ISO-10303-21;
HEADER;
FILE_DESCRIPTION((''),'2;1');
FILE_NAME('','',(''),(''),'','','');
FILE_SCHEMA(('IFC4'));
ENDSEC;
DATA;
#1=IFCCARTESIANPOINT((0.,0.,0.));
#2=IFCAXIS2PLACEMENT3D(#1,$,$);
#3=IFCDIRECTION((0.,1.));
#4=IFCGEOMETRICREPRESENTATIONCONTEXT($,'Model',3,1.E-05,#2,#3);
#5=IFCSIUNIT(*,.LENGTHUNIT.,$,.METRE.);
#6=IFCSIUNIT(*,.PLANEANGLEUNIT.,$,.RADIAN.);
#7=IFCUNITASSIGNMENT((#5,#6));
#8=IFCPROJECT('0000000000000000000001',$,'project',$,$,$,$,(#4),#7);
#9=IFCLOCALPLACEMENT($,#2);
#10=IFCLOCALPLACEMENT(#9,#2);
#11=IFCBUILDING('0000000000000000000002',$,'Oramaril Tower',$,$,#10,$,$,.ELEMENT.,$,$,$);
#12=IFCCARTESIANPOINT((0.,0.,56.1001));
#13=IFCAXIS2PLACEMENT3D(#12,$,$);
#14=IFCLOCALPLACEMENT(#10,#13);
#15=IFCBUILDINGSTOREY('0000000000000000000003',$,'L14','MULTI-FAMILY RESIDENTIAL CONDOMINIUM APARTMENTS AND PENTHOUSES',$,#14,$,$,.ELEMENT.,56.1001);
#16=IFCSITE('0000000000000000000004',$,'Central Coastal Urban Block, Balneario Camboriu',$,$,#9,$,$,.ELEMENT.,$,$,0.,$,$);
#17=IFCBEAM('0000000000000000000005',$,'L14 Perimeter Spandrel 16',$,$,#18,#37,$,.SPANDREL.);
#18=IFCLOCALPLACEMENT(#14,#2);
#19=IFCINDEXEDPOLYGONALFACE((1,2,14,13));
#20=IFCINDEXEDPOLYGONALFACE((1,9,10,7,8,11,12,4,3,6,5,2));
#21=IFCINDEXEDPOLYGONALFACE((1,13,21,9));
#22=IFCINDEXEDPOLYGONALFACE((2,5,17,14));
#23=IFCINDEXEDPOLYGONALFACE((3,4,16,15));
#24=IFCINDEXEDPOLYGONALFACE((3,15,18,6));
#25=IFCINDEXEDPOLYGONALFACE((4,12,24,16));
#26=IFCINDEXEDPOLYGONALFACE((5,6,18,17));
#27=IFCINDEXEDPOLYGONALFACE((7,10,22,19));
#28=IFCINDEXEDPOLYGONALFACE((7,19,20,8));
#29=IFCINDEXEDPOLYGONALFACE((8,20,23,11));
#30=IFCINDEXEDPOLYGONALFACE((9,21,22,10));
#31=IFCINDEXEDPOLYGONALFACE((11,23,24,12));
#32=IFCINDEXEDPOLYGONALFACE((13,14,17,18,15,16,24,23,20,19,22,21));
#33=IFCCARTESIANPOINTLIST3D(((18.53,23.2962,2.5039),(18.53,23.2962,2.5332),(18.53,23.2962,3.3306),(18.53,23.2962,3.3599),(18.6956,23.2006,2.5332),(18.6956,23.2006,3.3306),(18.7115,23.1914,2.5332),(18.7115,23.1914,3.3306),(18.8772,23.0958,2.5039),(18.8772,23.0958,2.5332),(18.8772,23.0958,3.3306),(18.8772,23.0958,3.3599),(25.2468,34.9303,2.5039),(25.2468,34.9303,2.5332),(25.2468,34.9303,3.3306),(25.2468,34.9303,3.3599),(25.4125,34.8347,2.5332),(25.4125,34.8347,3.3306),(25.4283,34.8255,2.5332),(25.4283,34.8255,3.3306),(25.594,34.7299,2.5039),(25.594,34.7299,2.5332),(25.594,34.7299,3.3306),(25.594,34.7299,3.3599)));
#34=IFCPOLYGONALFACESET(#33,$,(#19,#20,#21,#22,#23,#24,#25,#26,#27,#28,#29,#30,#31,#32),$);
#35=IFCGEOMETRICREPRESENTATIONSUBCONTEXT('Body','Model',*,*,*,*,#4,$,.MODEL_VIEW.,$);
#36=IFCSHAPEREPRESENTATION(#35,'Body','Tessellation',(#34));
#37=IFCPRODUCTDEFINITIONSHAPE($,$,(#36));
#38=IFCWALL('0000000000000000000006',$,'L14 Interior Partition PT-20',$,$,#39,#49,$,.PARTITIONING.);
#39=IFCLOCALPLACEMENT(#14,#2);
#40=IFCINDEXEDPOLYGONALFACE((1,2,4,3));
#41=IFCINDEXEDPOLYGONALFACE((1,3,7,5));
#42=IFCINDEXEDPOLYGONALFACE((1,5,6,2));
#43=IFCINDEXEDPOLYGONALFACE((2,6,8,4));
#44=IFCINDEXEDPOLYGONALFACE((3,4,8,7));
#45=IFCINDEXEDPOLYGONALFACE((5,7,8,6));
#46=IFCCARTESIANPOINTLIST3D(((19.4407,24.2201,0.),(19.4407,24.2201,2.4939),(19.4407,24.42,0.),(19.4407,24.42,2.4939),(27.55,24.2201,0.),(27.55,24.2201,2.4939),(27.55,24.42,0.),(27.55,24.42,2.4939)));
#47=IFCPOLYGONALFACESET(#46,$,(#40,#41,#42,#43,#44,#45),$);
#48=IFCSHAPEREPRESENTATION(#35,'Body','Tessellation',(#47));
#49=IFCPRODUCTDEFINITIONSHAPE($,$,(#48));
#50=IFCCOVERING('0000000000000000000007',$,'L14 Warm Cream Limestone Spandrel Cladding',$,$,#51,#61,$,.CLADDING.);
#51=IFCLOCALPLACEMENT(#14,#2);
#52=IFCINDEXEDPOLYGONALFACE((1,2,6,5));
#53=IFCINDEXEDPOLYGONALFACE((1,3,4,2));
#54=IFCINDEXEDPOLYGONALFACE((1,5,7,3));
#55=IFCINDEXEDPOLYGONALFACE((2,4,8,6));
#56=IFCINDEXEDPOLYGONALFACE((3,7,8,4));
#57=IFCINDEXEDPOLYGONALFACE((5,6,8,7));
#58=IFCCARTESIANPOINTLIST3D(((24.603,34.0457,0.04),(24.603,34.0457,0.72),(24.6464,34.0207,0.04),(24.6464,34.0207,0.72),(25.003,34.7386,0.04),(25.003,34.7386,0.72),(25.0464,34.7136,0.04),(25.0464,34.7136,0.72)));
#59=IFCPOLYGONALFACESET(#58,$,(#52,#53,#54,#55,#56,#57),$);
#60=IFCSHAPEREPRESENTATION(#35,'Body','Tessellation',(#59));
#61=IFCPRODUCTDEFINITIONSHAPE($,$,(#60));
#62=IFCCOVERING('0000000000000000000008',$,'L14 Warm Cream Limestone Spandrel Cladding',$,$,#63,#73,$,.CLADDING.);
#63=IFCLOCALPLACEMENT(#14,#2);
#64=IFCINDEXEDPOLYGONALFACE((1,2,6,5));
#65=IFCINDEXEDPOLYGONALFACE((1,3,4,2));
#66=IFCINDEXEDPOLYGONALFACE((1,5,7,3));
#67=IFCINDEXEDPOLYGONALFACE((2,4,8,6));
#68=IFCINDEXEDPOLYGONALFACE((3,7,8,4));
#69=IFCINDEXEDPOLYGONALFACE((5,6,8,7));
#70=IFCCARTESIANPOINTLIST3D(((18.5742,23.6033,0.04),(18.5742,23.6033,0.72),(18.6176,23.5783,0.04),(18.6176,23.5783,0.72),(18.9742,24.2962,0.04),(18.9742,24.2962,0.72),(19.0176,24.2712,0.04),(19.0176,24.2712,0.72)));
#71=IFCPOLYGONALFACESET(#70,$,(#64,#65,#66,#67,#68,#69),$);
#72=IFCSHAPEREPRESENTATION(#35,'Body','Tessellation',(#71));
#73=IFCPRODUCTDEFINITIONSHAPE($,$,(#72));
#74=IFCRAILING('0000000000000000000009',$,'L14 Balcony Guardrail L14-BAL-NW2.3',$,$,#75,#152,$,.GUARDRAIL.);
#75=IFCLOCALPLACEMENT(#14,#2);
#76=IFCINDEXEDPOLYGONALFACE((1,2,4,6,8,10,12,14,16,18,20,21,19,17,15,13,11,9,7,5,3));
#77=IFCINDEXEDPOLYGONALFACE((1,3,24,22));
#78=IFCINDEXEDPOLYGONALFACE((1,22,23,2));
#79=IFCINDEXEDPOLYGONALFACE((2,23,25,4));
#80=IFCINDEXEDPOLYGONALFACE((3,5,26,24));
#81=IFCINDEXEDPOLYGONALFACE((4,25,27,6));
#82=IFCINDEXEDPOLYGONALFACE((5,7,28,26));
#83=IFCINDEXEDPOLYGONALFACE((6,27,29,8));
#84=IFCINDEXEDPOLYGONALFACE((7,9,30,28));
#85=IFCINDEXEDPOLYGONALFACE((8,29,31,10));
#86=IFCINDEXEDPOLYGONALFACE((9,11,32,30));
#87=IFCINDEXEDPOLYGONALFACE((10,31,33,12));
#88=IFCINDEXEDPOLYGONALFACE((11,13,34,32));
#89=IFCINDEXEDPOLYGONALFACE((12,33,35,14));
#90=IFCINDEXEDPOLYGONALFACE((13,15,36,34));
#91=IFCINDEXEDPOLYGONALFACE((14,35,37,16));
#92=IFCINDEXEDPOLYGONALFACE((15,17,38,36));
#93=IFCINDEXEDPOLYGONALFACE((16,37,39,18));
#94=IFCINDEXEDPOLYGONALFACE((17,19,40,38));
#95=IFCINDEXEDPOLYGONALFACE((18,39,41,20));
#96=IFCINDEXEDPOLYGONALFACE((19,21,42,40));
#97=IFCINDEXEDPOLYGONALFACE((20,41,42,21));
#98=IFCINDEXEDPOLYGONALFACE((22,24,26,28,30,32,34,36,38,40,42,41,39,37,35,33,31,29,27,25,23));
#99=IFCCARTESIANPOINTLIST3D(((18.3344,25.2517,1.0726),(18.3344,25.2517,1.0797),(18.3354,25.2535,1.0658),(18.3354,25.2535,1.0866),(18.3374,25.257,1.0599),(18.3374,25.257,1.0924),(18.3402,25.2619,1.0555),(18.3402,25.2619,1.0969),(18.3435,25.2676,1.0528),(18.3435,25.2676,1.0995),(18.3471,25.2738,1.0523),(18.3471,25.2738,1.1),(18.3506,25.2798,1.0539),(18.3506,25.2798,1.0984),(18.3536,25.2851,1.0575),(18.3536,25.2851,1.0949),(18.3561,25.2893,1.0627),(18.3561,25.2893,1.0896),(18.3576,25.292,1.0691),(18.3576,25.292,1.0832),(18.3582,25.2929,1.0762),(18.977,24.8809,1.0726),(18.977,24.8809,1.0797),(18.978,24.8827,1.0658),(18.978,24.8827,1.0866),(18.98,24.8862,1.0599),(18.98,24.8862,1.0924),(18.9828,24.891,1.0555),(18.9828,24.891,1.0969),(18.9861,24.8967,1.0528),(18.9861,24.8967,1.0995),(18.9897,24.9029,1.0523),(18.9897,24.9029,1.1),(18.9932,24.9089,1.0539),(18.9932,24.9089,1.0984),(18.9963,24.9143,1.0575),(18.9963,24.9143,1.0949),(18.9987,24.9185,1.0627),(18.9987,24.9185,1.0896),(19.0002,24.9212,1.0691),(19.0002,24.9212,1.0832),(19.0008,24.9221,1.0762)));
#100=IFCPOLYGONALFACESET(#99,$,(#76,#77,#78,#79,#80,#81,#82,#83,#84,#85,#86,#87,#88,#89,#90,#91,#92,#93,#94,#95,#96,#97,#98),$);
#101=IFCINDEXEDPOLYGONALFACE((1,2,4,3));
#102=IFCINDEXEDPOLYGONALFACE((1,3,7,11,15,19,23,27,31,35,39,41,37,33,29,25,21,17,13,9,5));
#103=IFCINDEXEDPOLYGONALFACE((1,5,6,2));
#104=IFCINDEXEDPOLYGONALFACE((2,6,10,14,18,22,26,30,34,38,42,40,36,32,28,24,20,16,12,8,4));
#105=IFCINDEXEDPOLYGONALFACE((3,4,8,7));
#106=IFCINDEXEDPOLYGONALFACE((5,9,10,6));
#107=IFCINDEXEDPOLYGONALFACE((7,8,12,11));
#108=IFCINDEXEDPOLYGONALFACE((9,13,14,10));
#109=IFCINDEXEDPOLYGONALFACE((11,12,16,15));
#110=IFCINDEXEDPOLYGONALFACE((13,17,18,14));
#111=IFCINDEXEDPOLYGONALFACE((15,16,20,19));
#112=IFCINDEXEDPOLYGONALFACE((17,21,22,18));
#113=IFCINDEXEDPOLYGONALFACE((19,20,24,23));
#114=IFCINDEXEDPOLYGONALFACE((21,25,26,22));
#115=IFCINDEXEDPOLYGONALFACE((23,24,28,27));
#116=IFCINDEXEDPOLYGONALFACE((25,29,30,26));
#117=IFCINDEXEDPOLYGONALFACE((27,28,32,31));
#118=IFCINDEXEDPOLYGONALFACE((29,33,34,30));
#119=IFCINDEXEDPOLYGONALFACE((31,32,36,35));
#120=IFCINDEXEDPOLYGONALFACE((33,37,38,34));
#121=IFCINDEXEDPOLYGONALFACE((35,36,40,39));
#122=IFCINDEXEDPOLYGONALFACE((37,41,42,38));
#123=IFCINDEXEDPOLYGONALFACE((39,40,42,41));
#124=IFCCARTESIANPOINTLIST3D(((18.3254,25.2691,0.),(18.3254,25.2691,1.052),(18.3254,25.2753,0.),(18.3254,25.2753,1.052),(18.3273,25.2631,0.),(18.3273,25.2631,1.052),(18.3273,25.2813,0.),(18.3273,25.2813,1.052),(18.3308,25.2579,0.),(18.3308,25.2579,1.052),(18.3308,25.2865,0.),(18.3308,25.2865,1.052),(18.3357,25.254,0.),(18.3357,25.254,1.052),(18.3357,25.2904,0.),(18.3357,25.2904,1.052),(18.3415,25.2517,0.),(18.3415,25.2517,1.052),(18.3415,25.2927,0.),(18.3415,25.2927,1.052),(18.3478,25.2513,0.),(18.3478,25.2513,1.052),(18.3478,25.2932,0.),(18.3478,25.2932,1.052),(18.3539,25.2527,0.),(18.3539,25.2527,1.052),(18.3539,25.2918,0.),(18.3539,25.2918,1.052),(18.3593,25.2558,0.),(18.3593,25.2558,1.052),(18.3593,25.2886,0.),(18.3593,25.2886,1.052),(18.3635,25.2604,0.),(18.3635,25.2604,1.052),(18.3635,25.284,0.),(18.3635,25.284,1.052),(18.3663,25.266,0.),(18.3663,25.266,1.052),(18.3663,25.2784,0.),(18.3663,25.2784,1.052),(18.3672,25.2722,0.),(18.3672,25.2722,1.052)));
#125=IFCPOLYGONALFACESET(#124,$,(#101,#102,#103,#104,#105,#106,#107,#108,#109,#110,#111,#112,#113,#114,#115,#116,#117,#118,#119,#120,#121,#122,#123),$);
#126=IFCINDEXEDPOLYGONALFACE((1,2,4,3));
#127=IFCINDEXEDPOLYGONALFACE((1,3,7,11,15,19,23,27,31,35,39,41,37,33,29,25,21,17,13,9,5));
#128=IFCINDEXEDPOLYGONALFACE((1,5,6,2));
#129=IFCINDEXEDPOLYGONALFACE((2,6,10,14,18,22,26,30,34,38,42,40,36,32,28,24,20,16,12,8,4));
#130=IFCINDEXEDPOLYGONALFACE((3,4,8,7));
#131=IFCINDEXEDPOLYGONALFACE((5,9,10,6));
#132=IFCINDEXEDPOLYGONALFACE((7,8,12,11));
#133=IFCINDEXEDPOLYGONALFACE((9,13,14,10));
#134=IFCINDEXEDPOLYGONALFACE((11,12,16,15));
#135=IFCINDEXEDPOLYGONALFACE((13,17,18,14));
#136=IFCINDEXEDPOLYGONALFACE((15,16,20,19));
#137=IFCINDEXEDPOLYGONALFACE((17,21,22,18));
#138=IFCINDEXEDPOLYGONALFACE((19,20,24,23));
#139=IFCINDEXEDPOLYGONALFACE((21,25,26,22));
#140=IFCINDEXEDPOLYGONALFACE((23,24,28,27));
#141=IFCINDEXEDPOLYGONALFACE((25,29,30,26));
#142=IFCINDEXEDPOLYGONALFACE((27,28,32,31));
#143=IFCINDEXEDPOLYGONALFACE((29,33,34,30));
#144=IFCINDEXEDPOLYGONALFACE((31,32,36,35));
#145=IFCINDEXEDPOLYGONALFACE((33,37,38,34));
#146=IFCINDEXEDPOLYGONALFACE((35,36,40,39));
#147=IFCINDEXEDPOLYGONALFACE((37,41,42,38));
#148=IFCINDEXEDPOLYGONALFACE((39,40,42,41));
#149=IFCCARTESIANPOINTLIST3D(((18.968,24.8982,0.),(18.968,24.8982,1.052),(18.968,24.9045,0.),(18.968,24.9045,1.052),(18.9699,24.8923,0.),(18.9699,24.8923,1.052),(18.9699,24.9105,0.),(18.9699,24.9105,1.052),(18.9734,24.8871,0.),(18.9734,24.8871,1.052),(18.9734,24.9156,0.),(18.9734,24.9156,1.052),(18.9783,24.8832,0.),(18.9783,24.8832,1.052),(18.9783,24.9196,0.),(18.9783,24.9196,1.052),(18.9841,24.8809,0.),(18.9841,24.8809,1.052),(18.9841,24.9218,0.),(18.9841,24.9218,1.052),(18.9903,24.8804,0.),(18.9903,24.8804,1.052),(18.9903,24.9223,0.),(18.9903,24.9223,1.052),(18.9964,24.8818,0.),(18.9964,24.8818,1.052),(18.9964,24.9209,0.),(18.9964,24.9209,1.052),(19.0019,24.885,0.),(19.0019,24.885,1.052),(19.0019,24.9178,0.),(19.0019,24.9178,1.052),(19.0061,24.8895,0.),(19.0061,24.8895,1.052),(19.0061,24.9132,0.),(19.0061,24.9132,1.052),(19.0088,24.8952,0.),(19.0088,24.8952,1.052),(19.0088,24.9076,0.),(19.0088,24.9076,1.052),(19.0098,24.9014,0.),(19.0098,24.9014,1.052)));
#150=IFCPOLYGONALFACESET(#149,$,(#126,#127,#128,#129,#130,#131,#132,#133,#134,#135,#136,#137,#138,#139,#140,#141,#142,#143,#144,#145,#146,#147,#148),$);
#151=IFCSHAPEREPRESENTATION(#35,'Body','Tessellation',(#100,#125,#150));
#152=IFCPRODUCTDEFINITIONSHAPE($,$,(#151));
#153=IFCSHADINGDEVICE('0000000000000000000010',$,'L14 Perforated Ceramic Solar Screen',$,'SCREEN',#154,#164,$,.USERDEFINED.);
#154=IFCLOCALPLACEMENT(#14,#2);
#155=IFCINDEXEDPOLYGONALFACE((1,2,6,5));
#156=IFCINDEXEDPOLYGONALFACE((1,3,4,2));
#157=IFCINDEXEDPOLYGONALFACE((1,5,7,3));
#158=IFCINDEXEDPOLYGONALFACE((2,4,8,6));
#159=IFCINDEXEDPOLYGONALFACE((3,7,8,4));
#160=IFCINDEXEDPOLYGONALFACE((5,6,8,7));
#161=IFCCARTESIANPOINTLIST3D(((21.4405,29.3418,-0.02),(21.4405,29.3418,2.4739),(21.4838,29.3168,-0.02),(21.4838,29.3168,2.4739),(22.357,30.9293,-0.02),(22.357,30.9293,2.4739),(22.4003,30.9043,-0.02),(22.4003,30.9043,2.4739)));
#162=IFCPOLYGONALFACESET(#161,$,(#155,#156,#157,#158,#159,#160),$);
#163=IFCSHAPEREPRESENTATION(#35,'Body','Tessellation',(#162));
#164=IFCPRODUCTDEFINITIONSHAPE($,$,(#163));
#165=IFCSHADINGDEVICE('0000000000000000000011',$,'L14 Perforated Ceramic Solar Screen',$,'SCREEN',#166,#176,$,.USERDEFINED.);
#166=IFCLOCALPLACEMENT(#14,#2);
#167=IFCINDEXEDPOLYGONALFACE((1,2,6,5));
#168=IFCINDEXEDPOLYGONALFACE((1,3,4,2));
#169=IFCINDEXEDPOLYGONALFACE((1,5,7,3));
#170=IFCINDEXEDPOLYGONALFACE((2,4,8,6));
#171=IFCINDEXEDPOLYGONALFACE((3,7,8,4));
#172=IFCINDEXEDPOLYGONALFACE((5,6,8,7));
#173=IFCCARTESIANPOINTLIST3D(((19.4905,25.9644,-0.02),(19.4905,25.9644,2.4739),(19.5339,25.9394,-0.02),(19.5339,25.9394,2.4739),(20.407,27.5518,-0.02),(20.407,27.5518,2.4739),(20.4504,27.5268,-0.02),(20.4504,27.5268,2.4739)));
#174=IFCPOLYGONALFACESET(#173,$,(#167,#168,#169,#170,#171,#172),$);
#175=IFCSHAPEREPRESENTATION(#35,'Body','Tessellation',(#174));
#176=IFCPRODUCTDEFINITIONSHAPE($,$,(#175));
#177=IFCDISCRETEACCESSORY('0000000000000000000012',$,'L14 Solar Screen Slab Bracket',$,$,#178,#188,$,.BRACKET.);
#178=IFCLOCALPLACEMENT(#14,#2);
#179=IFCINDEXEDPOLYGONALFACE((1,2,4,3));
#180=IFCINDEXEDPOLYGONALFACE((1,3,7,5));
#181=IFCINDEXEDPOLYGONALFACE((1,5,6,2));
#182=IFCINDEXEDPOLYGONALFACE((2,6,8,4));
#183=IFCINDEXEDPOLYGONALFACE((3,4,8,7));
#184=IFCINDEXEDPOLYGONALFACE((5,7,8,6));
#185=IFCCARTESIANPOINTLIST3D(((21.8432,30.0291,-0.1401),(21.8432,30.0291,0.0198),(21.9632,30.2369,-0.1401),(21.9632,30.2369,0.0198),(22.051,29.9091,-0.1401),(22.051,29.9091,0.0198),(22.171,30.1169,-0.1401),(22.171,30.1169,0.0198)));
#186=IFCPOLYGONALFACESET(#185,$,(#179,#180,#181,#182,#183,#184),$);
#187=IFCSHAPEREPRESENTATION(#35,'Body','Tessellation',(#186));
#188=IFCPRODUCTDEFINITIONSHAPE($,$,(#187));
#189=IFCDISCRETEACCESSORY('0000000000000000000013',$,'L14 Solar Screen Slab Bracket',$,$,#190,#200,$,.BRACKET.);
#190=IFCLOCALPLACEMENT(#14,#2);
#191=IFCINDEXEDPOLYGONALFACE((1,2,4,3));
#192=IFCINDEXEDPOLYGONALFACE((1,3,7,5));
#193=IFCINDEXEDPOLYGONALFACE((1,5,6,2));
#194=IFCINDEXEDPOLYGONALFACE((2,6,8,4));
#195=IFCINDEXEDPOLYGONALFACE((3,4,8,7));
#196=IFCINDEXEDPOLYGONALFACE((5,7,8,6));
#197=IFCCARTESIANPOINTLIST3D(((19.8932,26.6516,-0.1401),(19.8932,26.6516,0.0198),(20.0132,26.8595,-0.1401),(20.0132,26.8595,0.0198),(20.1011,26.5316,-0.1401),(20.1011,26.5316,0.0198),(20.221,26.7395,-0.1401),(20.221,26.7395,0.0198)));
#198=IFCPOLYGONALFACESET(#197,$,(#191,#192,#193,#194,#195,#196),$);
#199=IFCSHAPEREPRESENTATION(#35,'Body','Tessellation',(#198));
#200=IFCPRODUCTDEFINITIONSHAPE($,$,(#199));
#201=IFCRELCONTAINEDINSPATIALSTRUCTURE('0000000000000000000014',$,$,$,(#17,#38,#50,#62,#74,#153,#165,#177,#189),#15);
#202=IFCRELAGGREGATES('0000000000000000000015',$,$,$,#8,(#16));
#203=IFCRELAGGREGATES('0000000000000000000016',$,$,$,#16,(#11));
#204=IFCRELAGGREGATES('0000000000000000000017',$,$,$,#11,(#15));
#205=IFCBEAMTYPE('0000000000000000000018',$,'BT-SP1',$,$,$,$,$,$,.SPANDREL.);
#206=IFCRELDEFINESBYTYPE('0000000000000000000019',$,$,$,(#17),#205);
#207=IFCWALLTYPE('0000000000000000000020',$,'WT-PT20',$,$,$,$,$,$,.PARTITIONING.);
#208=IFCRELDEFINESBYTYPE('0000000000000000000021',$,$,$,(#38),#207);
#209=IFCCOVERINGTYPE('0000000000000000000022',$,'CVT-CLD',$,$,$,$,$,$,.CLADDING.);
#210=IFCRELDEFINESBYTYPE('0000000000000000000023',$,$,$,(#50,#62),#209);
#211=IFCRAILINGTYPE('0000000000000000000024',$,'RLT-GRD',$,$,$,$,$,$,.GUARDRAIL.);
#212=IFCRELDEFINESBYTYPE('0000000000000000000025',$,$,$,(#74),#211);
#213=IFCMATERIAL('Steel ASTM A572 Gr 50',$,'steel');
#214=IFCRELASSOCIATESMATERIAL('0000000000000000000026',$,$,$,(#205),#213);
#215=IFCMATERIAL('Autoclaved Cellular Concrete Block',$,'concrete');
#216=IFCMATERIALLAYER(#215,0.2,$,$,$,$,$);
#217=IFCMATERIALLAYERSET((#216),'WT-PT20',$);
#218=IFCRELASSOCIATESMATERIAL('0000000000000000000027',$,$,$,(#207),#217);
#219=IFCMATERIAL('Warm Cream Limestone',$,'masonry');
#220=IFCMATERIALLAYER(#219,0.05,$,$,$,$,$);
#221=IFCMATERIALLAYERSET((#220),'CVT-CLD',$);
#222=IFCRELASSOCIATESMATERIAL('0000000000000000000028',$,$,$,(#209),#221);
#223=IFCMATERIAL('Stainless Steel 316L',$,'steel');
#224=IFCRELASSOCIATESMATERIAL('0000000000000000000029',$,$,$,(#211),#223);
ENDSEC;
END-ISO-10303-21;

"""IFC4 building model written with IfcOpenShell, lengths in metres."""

from ifc_helpers import new_model, si_unit, direction, frame, frame_2d, origin, origin_2d, place, context, subcontext, project, spatial, rectangle, circle, i_section, extrude, material, layer, layer_set, material_profile, profile_set, type_object, element, save


model = new_model("IFC4")

# Units and contexts
model_context = context("Model", 3, precision=1e-05, world=origin(), true_north=direction((0.0, 1.0)))
body_context = subcontext(model_context, "Body", "Model", "MODEL_VIEW")
ifc_project = project(units=[si_unit("LENGTHUNIT", "METRE"), si_unit("PLANEANGLEUNIT", "RADIAN")], contexts=[model_context])

# Site, building, storey
site_placement = place(None, origin())
site = spatial("IfcSite", under=ifc_project, at=site_placement, Name="Central Coastal Urban Block, Balneario Camboriu", CompositionType="ELEMENT", RefElevation=0.0)
building_placement = place(site_placement, origin())
building = spatial("IfcBuilding", under=site, at=building_placement, Name="Oramaril Tower", CompositionType="ELEMENT")
storey_placement = place(building_placement, frame((0.0, 0.0, 56.1001)))
storey = spatial("IfcBuildingStorey", under=building, at=storey_placement, Name="L14", Description="MULTI-FAMILY RESIDENTIAL CONDOMINIUM APARTMENTS AND PENTHOUSES", CompositionType="ELEMENT", Elevation=56.1001)

# Beam
ifc_material_1 = material(Name="Steel ASTM A572 Gr 50", Category="steel")
ifc_material_profile = material_profile(ifc_material_1, i_section(OverallWidth=0.4009, OverallDepth=0.856, WebThickness=0.0183, FlangeThickness=0.0293, at=origin_2d()), Name="W33X201")
ifc_profile_set = profile_set([ifc_material_profile], Name="Steel ASTM A572 Gr 50")
beam_type = type_object("IfcBeamType", Name="BT-SP1", PredefinedType="SPANDREL", material=ifc_profile_set)
beam_placement = place(storey_placement, frame((25.4204, 34.8301, 2.9319), z_axis=(-0.499994, -0.866029, 0.0), x_axis=(0.866029, -0.499994, 0.0)))
element("IfcBeam", 1, at=beam_placement, inside=storey, type_object=beam_type, Name="L14 Perimeter Spandrel 16", PredefinedType="SPANDREL", context=body_context, shape_type="SweptSolid", body=[
    extrude(i_section(OverallWidth=0.4009, OverallDepth=0.856, WebThickness=0.0183, FlangeThickness=0.0293, at=origin_2d()), origin(), (0.0, 0.0, 1.0), 13.4338),
])

# Wall
ifc_material_2 = material(Name="Autoclaved Cellular Concrete Block", Category="concrete")
ifc_layer_1 = layer(ifc_material_2, 0.2)
ifc_layer_set_1 = layer_set([ifc_layer_1], Name="WT-PT20")
wall_type = type_object("IfcWallType", Name="WT-PT20", PredefinedType="PARTITIONING", material=ifc_layer_set_1)
wall_placement = place(storey_placement, frame((19.4407, 24.3201, 0.0), z_axis=(0.0, 0.0, 1.0), x_axis=(1.0, 0.0, 0.0)))
element("IfcWall", 2, at=wall_placement, inside=storey, type_object=wall_type, Name="L14 Interior Partition PT-20", PredefinedType="PARTITIONING", context=body_context, shape_type="SweptSolid", body=[
    extrude(rectangle(XDim=8.1094, YDim=0.2, at=frame_2d((4.0547, 0.0))), origin(), (0.0, 0.0, 1.0), 2.4939),
])

# Coverings
ifc_material_3 = material(Name="Warm Cream Limestone", Category="masonry")
ifc_layer_2 = layer(ifc_material_3, 0.05)
ifc_layer_set_2 = layer_set([ifc_layer_2], Name="CVT-CLD")
covering_type = type_object("IfcCoveringType", Name="CVT-CLD", PredefinedType="CLADDING", material=ifc_layer_set_2)
for number, where, z_axis, x_axis, name in (
    (3, (24.8247, 34.3796, 0.04), (0.0, 0.0, 1.0), (-0.499998, -0.866026, 0.0), "L14 Warm Cream Limestone Spandrel Cladding"),
    (4, (18.7959, 23.9373, 0.04), (0.0, 0.0, 1.0), (-0.499998, -0.866026, 0.0), "L14 Warm Cream Limestone Spandrel Cladding"),
):
    element("IfcCovering", number, at=place(storey_placement, frame(where, z_axis=z_axis, x_axis=x_axis)), inside=storey, type_object=covering_type, Name=name, PredefinedType="CLADDING", context=body_context, shape_type="SweptSolid", body=[
        extrude(rectangle(XDim=0.8, YDim=0.05, at=origin_2d()), origin(), (0.0, 0.0, 1.0), 0.6799),
    ])

# Railing
ifc_material_4 = material(Name="Stainless Steel 316L", Category="steel")
railing_type = type_object("IfcRailingType", Name="RLT-GRD", PredefinedType="GUARDRAIL", material=ifc_material_4)
railing_placement = place(storey_placement, frame((18.3462, 25.2722, 0.0)))
element("IfcRailing", 5, at=railing_placement, inside=storey, type_object=railing_type, Name="L14 Balcony Guardrail L14-BAL-NW2.3", PredefinedType="GUARDRAIL", context=body_context, shape_type="SweptSolid", body=[
    extrude(circle(Radius=0.0239, at=origin_2d()), frame((0.0, 0.0, 1.0762), z_axis=(0.866109, -0.499855, 0.0), x_axis=(0.499855, 0.866109, 0.0)), (0.0, 0.0, 1.0), 0.7419),
    extrude(circle(Radius=0.021, at=origin_2d()), origin(), (0.0, 0.0, 1.0), 1.052),
    extrude(circle(Radius=0.021, at=origin_2d()), frame((0.6426, -0.3708, 0.0)), (0.0, 0.0, 1.0), 1.052),
])

# Shading devices
for number, where, z_axis, x_axis, name in (
    (6, (21.9204, 30.123, -0.02), (0.0, 0.0, 1.0), (-0.499998, -0.866026, 0.0), "L14 Perforated Ceramic Solar Screen"),
    (7, (19.9705, 26.7456, -0.02), (0.0, 0.0, 1.0), (-0.499998, -0.866026, 0.0), "L14 Perforated Ceramic Solar Screen"),
):
    element("IfcShadingDevice", number, at=place(storey_placement, frame(where, z_axis=z_axis, x_axis=x_axis)), inside=storey, Name=name, ObjectType="SCREEN", PredefinedType="USERDEFINED", context=body_context, shape_type="SweptSolid", body=[
        extrude(rectangle(XDim=1.833, YDim=0.05, at=origin_2d()), origin(), (0.0, 0.0, 1.0), 2.4939),
    ])

# Discrete accessories
for number, where, z_axis, x_axis, name in (
    (8, (22.0071, 30.073, -0.1401), (0.0, 0.0, 1.0), (-0.499998, -0.866026, 0.0), "L14 Solar Screen Slab Bracket"),
    (9, (20.0571, 26.6956, -0.1401), (0.0, 0.0, 1.0), (-0.499998, -0.866026, 0.0), "L14 Solar Screen Slab Bracket"),
):
    element("IfcDiscreteAccessory", number, at=place(storey_placement, frame(where, z_axis=z_axis, x_axis=x_axis)), inside=storey, Name=name, PredefinedType="BRACKET", context=body_context, shape_type="SweptSolid", body=[
        extrude(rectangle(XDim=0.24, YDim=0.24, at=origin_2d()), origin(), (0.0, 0.0, 1.0), 0.1599),
    ])

save(model, "model.ifc")
